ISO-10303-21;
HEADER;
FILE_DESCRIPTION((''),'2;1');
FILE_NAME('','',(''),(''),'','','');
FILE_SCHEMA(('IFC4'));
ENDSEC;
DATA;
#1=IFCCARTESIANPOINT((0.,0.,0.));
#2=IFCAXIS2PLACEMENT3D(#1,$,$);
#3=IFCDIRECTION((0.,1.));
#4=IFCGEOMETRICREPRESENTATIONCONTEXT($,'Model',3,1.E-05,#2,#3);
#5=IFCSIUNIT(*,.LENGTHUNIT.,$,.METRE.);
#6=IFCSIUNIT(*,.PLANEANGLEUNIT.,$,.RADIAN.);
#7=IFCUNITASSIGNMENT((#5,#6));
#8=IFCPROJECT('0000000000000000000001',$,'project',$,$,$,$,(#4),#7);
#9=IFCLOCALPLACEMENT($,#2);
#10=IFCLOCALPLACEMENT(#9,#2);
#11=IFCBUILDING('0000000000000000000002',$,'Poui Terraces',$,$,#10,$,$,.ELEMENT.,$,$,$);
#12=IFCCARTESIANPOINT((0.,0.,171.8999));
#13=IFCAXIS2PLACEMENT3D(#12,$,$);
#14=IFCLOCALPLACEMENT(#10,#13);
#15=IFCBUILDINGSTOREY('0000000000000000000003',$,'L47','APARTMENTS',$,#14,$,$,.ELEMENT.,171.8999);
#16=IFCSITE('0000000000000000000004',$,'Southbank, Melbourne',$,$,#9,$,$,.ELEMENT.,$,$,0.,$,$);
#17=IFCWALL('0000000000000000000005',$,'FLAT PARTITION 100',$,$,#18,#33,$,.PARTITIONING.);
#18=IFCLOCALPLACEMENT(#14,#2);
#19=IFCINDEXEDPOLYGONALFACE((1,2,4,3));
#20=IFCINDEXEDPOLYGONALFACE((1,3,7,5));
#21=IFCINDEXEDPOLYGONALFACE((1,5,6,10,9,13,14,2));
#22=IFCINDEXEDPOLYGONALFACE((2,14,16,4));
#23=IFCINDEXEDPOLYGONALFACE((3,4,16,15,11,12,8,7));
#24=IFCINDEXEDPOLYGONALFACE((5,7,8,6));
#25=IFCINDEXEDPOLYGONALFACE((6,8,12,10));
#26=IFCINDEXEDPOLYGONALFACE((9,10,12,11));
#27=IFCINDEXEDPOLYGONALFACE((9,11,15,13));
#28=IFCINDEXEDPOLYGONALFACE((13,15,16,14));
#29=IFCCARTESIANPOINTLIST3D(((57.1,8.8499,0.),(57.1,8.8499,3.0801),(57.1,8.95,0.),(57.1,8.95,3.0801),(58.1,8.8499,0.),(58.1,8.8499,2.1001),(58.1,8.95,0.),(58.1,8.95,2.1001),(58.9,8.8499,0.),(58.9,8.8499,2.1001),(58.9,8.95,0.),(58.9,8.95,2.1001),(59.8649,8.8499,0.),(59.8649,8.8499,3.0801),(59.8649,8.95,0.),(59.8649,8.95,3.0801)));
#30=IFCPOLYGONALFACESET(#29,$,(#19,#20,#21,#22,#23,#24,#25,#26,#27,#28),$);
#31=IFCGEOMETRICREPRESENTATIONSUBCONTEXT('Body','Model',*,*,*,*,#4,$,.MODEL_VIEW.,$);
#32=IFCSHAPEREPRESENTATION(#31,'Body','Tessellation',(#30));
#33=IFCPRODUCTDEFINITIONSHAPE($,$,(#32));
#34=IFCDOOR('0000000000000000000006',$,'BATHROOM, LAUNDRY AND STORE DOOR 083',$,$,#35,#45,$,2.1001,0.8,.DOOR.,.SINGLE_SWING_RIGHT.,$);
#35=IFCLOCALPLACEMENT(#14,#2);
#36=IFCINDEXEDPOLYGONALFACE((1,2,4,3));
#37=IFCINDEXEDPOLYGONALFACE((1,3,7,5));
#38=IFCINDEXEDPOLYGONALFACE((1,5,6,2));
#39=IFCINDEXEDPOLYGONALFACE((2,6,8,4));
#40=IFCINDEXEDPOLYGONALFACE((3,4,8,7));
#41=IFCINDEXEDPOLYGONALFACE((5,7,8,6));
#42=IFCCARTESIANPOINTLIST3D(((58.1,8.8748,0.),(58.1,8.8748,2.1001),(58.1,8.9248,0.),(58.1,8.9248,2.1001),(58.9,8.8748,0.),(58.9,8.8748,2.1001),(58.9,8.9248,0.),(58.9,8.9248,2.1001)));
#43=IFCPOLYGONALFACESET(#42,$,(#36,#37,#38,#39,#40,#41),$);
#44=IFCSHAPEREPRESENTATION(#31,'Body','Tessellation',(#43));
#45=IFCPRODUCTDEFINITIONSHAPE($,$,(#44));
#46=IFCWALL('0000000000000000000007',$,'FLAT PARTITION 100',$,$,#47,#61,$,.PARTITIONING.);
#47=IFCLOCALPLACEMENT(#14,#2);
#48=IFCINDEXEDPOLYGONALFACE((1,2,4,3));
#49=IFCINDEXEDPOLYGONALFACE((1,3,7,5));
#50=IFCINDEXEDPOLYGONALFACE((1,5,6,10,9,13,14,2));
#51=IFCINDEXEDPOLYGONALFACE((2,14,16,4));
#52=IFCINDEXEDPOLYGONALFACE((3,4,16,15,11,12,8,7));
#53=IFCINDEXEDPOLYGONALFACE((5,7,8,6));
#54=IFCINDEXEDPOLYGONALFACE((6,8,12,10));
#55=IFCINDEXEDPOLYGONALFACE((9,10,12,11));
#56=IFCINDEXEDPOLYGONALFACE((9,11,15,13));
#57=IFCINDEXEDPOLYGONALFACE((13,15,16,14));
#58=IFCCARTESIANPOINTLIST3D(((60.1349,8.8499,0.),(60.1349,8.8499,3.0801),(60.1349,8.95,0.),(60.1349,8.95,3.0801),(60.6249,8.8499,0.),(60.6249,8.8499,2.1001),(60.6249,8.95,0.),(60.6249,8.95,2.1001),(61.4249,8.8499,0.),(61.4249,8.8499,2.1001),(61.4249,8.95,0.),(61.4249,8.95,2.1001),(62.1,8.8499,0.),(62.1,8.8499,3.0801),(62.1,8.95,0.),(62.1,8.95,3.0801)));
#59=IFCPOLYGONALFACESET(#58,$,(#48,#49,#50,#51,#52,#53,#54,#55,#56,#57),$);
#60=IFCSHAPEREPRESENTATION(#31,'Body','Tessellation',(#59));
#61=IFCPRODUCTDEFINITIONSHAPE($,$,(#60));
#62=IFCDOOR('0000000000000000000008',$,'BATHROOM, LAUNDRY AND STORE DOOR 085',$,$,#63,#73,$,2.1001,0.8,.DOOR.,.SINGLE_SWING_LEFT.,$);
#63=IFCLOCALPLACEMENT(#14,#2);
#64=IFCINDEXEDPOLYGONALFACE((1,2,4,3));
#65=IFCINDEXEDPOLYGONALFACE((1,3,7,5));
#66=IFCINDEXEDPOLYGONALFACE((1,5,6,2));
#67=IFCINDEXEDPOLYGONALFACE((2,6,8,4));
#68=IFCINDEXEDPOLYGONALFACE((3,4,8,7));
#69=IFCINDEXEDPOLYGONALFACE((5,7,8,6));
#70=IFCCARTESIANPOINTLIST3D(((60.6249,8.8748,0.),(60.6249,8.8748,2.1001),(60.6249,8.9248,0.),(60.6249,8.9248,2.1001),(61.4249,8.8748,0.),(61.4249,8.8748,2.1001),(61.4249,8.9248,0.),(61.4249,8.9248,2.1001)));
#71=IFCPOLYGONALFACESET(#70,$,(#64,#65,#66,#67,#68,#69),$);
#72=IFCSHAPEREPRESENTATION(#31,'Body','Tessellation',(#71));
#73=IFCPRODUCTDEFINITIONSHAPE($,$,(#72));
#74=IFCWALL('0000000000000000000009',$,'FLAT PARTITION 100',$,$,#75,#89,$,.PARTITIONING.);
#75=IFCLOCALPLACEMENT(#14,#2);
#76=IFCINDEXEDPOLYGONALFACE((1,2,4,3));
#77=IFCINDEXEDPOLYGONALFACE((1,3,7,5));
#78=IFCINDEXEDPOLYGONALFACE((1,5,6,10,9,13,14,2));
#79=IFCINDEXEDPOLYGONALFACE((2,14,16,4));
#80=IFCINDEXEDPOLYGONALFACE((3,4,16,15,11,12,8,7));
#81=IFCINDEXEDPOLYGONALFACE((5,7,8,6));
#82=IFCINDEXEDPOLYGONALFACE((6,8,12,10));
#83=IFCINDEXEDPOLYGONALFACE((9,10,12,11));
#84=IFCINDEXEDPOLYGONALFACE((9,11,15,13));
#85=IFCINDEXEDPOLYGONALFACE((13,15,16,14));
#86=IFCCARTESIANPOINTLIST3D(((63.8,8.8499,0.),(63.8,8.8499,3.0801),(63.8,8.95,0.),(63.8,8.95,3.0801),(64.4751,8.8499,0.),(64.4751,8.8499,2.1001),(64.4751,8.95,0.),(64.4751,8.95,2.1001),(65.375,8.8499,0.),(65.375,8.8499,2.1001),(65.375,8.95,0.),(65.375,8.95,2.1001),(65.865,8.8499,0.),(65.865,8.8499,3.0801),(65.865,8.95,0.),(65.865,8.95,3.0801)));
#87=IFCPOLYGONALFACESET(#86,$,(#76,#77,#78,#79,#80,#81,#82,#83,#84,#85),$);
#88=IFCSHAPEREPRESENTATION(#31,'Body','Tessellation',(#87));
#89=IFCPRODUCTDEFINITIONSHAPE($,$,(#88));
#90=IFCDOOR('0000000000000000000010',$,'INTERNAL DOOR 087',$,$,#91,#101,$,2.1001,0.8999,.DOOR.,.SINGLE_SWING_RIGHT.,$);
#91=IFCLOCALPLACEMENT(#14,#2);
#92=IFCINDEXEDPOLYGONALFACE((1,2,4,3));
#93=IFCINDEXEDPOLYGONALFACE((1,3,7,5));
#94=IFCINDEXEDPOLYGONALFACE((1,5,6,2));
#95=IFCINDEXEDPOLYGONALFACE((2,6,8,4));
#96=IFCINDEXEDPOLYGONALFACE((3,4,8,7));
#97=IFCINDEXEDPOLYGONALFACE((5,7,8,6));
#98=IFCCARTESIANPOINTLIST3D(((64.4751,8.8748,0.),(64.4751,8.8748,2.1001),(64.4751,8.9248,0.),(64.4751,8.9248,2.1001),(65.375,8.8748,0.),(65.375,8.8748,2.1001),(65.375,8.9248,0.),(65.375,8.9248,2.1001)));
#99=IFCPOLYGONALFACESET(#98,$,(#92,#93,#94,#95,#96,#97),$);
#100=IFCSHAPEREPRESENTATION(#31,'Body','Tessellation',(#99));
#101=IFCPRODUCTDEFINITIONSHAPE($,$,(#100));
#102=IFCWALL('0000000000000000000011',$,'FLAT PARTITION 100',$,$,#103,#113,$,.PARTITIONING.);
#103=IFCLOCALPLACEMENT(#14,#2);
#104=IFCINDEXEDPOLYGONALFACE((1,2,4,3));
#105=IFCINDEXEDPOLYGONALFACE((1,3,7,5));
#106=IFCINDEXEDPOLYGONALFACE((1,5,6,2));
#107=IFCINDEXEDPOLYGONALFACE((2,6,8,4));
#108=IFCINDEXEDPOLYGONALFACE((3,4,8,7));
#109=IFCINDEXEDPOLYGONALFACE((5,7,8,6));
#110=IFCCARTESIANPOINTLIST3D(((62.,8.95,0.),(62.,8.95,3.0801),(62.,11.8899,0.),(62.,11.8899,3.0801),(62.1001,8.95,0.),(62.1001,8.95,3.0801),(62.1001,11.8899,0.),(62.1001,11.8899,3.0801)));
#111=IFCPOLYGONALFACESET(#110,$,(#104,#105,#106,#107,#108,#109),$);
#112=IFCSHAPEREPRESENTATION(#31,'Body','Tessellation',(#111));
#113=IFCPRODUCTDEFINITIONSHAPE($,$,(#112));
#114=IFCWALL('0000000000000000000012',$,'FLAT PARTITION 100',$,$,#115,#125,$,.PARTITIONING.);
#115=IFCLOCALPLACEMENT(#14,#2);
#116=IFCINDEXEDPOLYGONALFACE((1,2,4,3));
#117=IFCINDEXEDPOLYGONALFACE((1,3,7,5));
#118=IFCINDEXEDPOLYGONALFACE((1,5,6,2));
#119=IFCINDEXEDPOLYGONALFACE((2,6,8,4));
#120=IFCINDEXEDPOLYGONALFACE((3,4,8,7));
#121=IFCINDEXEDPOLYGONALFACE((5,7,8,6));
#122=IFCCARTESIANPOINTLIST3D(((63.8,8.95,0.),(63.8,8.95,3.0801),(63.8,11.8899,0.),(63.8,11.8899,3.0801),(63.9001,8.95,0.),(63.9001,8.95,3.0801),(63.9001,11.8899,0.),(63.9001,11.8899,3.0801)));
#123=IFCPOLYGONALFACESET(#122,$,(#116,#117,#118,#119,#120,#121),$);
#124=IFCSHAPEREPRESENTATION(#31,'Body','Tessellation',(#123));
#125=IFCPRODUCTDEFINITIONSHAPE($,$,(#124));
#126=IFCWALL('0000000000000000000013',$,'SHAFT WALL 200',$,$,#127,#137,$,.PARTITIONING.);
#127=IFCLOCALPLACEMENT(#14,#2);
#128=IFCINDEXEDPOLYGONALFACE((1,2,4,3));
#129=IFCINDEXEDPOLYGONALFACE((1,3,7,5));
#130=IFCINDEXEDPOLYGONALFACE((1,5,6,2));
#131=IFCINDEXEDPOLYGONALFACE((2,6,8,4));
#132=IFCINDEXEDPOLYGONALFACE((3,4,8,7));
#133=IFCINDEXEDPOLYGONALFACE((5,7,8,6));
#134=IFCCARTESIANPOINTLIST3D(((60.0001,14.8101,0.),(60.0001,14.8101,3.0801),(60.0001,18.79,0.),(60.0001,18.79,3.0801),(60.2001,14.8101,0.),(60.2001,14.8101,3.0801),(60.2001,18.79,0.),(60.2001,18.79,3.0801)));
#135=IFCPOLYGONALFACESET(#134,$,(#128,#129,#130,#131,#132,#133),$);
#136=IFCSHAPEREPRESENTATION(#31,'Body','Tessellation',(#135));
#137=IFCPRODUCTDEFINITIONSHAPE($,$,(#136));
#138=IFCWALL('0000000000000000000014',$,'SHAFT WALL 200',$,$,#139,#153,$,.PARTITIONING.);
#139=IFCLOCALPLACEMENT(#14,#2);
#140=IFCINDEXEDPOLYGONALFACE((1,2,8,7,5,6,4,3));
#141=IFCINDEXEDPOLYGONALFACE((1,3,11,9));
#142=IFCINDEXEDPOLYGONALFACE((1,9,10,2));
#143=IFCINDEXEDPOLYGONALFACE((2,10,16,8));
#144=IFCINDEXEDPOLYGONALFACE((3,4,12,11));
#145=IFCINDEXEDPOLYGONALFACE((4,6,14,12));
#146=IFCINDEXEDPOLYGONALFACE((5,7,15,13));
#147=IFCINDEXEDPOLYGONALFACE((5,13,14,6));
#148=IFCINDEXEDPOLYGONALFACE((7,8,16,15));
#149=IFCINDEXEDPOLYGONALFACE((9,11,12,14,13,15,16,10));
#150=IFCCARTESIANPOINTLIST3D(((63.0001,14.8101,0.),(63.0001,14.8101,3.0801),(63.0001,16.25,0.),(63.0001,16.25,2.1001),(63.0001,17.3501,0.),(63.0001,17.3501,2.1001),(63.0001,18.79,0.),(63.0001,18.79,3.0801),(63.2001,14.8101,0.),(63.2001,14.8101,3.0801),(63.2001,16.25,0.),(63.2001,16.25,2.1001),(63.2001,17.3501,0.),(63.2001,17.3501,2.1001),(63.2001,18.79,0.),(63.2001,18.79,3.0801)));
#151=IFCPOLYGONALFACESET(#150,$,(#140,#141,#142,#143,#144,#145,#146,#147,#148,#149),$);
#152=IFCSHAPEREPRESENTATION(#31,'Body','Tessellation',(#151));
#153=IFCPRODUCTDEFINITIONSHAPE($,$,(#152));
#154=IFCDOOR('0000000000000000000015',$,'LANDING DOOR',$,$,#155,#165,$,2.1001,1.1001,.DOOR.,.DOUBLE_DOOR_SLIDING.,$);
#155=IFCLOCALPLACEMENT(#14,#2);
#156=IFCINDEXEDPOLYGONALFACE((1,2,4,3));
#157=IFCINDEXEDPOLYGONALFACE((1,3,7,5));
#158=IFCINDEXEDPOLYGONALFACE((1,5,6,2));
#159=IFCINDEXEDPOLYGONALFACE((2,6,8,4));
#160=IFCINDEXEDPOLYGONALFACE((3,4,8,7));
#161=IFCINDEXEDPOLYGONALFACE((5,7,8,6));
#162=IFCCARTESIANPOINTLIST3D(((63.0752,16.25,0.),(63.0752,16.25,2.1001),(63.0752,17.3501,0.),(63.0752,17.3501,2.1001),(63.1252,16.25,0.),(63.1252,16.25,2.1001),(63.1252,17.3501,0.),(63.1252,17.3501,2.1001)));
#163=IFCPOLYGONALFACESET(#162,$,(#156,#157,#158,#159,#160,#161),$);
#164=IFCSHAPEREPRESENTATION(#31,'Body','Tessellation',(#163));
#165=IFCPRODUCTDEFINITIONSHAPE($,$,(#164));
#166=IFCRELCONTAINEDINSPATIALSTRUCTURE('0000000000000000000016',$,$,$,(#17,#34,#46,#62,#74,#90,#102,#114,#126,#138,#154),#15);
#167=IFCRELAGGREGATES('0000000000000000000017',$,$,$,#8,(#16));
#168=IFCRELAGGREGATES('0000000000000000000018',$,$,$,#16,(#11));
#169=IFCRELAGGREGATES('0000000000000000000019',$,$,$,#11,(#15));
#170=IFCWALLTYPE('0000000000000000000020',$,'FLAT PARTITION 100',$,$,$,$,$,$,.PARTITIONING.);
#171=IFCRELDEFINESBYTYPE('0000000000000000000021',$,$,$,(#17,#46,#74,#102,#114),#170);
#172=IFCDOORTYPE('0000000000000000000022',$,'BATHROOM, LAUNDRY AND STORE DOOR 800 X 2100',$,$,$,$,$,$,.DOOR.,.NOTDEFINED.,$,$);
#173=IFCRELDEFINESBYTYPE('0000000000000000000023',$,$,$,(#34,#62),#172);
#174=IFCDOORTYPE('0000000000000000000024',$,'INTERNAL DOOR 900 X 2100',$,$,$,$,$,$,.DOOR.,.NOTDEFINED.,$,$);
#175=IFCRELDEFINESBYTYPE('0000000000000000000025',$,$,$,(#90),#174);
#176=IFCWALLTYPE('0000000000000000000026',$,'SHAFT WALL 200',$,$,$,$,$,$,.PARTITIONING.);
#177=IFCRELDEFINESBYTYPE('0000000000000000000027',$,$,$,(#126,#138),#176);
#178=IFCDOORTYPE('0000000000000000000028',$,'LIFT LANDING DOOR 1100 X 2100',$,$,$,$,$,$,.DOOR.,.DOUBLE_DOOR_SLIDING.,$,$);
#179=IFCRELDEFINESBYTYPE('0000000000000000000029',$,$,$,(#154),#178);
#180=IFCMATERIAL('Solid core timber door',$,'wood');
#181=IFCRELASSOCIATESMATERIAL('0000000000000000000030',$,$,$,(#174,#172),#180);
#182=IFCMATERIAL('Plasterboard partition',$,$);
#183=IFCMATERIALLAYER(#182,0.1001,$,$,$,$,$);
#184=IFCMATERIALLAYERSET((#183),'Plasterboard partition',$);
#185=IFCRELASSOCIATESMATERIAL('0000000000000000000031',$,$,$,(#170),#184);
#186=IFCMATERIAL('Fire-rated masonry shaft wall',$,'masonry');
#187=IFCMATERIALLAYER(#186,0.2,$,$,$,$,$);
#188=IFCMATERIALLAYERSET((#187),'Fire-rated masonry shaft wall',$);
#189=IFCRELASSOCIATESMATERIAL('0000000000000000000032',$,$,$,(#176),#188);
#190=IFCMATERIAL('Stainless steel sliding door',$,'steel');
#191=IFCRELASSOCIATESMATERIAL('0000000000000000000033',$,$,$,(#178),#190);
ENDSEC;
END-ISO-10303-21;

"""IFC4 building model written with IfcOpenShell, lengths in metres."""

from ifc_helpers import new_model, si_unit, direction, frame, frame_2d, origin, place, context, subcontext, project, spatial, rectangle, extrude, material, layer, layer_set, type_object, element, fill, save


model = new_model("IFC4")

# Units and contexts
model_context = context("Model", 3, precision=1e-05, world=origin(), true_north=direction((0.0, 1.0)))
body_context = subcontext(model_context, "Body", "Model", "MODEL_VIEW")
ifc_project = project(units=[si_unit("LENGTHUNIT", "METRE"), si_unit("PLANEANGLEUNIT", "RADIAN")], contexts=[model_context])

# Site, building, storey
site_placement = place(None, origin())
site = spatial("IfcSite", under=ifc_project, at=site_placement, Name="Southbank, Melbourne", CompositionType="ELEMENT", RefElevation=0.0)
building_placement = place(site_placement, origin())
building = spatial("IfcBuilding", under=site, at=building_placement, Name="Poui Terraces", CompositionType="ELEMENT")
storey_placement = place(building_placement, frame((0.0, 0.0, 171.8999)))
storey = spatial("IfcBuildingStorey", under=building, at=storey_placement, Name="L47", Description="APARTMENTS", CompositionType="ELEMENT", Elevation=171.8999)

# Shared definitions
ifc_material_1 = material(Name="Solid core timber door", Category="wood")
door_type_1 = type_object("IfcDoorType", Name="INTERNAL DOOR 900 X 2100", OperationType="NOTDEFINED", PredefinedType="DOOR", material=ifc_material_1)

# Shared definitions
ifc_material_2 = material(Name="Plasterboard partition")
ifc_layer_1 = layer(ifc_material_2, 0.1001)
ifc_layer_set_1 = layer_set([ifc_layer_1], Name="Plasterboard partition")
wall_type_1 = type_object("IfcWallType", Name="FLAT PARTITION 100", PredefinedType="PARTITIONING", material=ifc_layer_set_1)

# Walls, openings, doors
wall_1_placement = place(storey_placement, frame((57.1001, 8.8999, 0.0), z_axis=(0.0, 0.0, 1.0), x_axis=(1.0, 0.0, 0.0)))
wall_1 = element("IfcWall", 1, at=wall_1_placement, inside=storey, type_object=wall_type_1, Name="FLAT PARTITION 100", PredefinedType="PARTITIONING", context=body_context, shape_type="SweptSolid", body=[
    extrude(rectangle(XDim=2.7649, YDim=0.1001, at=frame_2d((1.3823, 0.0))), origin(), (0.0, 0.0, 1.0), 3.0801),
])
opening_1_placement = place(wall_1_placement, frame((1.0, 0.0, 0.0)))
opening_1 = element("IfcOpeningElement", 2, at=opening_1_placement, cuts=wall_1, PredefinedType="OPENING", context=body_context, shape_type="SweptSolid", body=[
    extrude(rectangle(XDim=0.8, YDim=2.1001, at=frame_2d((0.3999, 1.05))), frame((0.0, 0.0601, 0.0), z_axis=(0.0, -1.0, 0.0), x_axis=(1.0, 0.0, 0.0)), (0.0, 0.0, 1.0), 0.1201),
])
door_type_2 = type_object("IfcDoorType", Name="BATHROOM, LAUNDRY AND STORE DOOR 800 X 2100", OperationType="NOTDEFINED", PredefinedType="DOOR", material=ifc_material_1)
door_1_placement = place(opening_1_placement, origin())
door_1 = element("IfcDoor", 3, at=door_1_placement, inside=storey, type_object=door_type_2, Name="BATHROOM, LAUNDRY AND STORE DOOR 083", OperationType="SINGLE_SWING_RIGHT", OverallHeight=2.1001, OverallWidth=0.8, PredefinedType="DOOR", context=body_context, shape_type="SweptSolid", body=[
    extrude(rectangle(XDim=0.8, YDim=2.1001, at=frame_2d((0.3999, 1.05))), frame((0.0, 0.0249, 0.0), z_axis=(0.0, -1.0, 0.0), x_axis=(1.0, 0.0, 0.0)), (0.0, 0.0, 1.0), 0.05),
])
fill(opening_1, door_1)
wall_2_placement = place(storey_placement, frame((60.135, 8.8999, 0.0), z_axis=(0.0, 0.0, 1.0), x_axis=(1.0, 0.0, 0.0)))
wall_2 = element("IfcWall", 4, at=wall_2_placement, inside=storey, type_object=wall_type_1, Name="FLAT PARTITION 100", PredefinedType="PARTITIONING", context=body_context, shape_type="SweptSolid", body=[
    extrude(rectangle(XDim=1.9651, YDim=0.1001, at=frame_2d((0.9824, 0.0))), origin(), (0.0, 0.0, 1.0), 3.0801),
])
opening_2_placement = place(wall_2_placement, frame((0.49, 0.0, 0.0)))
opening_2 = element("IfcOpeningElement", 5, at=opening_2_placement, cuts=wall_2, PredefinedType="OPENING", context=body_context, shape_type="SweptSolid", body=[
    extrude(rectangle(XDim=0.8, YDim=2.1001, at=frame_2d((0.3999, 1.05))), frame((0.0, 0.0601, 0.0), z_axis=(0.0, -1.0, 0.0), x_axis=(1.0, 0.0, 0.0)), (0.0, 0.0, 1.0), 0.1201),
])
door_2_placement = place(opening_2_placement, origin())
door_2 = element("IfcDoor", 6, at=door_2_placement, inside=storey, type_object=door_type_2, Name="BATHROOM, LAUNDRY AND STORE DOOR 085", OperationType="SINGLE_SWING_LEFT", OverallHeight=2.1001, OverallWidth=0.8, PredefinedType="DOOR", context=body_context, shape_type="SweptSolid", body=[
    extrude(rectangle(XDim=0.8, YDim=2.1001, at=frame_2d((0.3999, 1.05))), frame((0.0, 0.0249, 0.0), z_axis=(0.0, -1.0, 0.0), x_axis=(1.0, 0.0, 0.0)), (0.0, 0.0, 1.0), 0.05),
])
fill(opening_2, door_2)
wall_3_placement = place(storey_placement, frame((63.8, 8.8999, 0.0), z_axis=(0.0, 0.0, 1.0), x_axis=(1.0, 0.0, 0.0)))
wall_3 = element("IfcWall", 7, at=wall_3_placement, inside=storey, type_object=wall_type_1, Name="FLAT PARTITION 100", PredefinedType="PARTITIONING", context=body_context, shape_type="SweptSolid", body=[
    extrude(rectangle(XDim=2.0649, YDim=0.1001, at=frame_2d((1.0325, 0.0))), origin(), (0.0, 0.0, 1.0), 3.0801),
])
opening_3_placement = place(wall_3_placement, frame((0.675, 0.0, 0.0)))
opening_3 = element("IfcOpeningElement", 8, at=opening_3_placement, cuts=wall_3, PredefinedType="OPENING", context=body_context, shape_type="SweptSolid", body=[
    extrude(rectangle(XDim=0.8999, YDim=2.1001, at=frame_2d((0.45, 1.05))), frame((0.0, 0.0601, 0.0), z_axis=(0.0, -1.0, 0.0), x_axis=(1.0, 0.0, 0.0)), (0.0, 0.0, 1.0), 0.1201),
])
door_3_placement = place(opening_3_placement, origin())
door_3 = element("IfcDoor", 9, at=door_3_placement, inside=storey, type_object=door_type_1, Name="INTERNAL DOOR 087", OperationType="SINGLE_SWING_RIGHT", OverallHeight=2.1001, OverallWidth=0.8999, PredefinedType="DOOR", context=body_context, shape_type="SweptSolid", body=[
    extrude(rectangle(XDim=0.8999, YDim=2.1001, at=frame_2d((0.45, 1.05))), frame((0.0, 0.0249, 0.0), z_axis=(0.0, -1.0, 0.0), x_axis=(1.0, 0.0, 0.0)), (0.0, 0.0, 1.0), 0.05),
])
fill(opening_3, door_3)

# Walls
for number, where, z_axis, x_axis, name in (
    (10, (62.05, 8.95, 0.0), (0.0, 0.0, 1.0), (0.0, 1.0, 0.0), "FLAT PARTITION 100"),
    (11, (63.8501, 8.95, 0.0), (0.0, 0.0, 1.0), (0.0, 1.0, 0.0), "FLAT PARTITION 100"),
):
    element("IfcWall", number, at=place(storey_placement, frame(where, z_axis=z_axis, x_axis=x_axis)), inside=storey, type_object=wall_type_1, Name=name, PredefinedType="PARTITIONING", context=body_context, shape_type="SweptSolid", body=[
        extrude(rectangle(XDim=2.9399, YDim=0.1001, at=frame_2d((1.47, 0.0))), origin(), (0.0, 0.0, 1.0), 3.0801),
    ])
ifc_material_3 = material(Name="Fire-rated masonry shaft wall", Category="masonry")
ifc_layer_2 = layer(ifc_material_3, 0.2)
ifc_layer_set_2 = layer_set([ifc_layer_2], Name="Fire-rated masonry shaft wall")
wall_type_2 = type_object("IfcWallType", Name="SHAFT WALL 200", PredefinedType="PARTITIONING", material=ifc_layer_set_2)
wall_4_placement = place(storey_placement, frame((60.1001, 14.8101, 0.0), z_axis=(0.0, 0.0, 1.0), x_axis=(0.0, 1.0, 0.0)))
element("IfcWall", 12, at=wall_4_placement, inside=storey, type_object=wall_type_2, Name="SHAFT WALL 200", PredefinedType="PARTITIONING", context=body_context, shape_type="SweptSolid", body=[
    extrude(rectangle(XDim=3.98, YDim=0.2, at=frame_2d((1.99, 0.0))), origin(), (0.0, 0.0, 1.0), 3.0801),
])

# Wall, opening, door
wall_5_placement = place(storey_placement, frame((63.1001, 14.8101, 0.0), z_axis=(0.0, 0.0, 1.0), x_axis=(0.0, 1.0, 0.0)))
wall_5 = element("IfcWall", 13, at=wall_5_placement, inside=storey, type_object=wall_type_2, Name="SHAFT WALL 200", PredefinedType="PARTITIONING", context=body_context, shape_type="SweptSolid", body=[
    extrude(rectangle(XDim=3.98, YDim=0.2, at=frame_2d((1.99, 0.0))), origin(), (0.0, 0.0, 1.0), 3.0801),
])
opening_4_placement = place(wall_5_placement, frame((1.4399, 0.0, 0.0)))
opening_4 = element("IfcOpeningElement", 14, at=opening_4_placement, cuts=wall_5, PredefinedType="OPENING", context=body_context, shape_type="SweptSolid", body=[
    extrude(rectangle(XDim=1.1001, YDim=2.1001, at=frame_2d((0.55, 1.05))), frame((0.0, 0.1099, 0.0), z_axis=(0.0, -1.0, 0.0), x_axis=(1.0, 0.0, 0.0)), (0.0, 0.0, 1.0), 0.22),
])
ifc_material_4 = material(Name="Stainless steel sliding door", Category="steel")
door_type_3 = type_object("IfcDoorType", Name="LIFT LANDING DOOR 1100 X 2100", OperationType="DOUBLE_DOOR_SLIDING", PredefinedType="DOOR", material=ifc_material_4)
door_4_placement = place(opening_4_placement, origin())
door_4 = element("IfcDoor", 15, at=door_4_placement, inside=storey, type_object=door_type_3, Name="LANDING DOOR", OperationType="DOUBLE_DOOR_SLIDING", OverallHeight=2.1001, OverallWidth=1.1001, PredefinedType="DOOR", context=body_context, shape_type="SweptSolid", body=[
    extrude(rectangle(XDim=1.1001, YDim=2.1001, at=frame_2d((0.55, 1.05))), frame((0.0, 0.0249, 0.0), z_axis=(0.0, -1.0, 0.0), x_axis=(1.0, 0.0, 0.0)), (0.0, 0.0, 1.0), 0.05),
])
fill(opening_4, door_4)

save(model, "model.ifc")
